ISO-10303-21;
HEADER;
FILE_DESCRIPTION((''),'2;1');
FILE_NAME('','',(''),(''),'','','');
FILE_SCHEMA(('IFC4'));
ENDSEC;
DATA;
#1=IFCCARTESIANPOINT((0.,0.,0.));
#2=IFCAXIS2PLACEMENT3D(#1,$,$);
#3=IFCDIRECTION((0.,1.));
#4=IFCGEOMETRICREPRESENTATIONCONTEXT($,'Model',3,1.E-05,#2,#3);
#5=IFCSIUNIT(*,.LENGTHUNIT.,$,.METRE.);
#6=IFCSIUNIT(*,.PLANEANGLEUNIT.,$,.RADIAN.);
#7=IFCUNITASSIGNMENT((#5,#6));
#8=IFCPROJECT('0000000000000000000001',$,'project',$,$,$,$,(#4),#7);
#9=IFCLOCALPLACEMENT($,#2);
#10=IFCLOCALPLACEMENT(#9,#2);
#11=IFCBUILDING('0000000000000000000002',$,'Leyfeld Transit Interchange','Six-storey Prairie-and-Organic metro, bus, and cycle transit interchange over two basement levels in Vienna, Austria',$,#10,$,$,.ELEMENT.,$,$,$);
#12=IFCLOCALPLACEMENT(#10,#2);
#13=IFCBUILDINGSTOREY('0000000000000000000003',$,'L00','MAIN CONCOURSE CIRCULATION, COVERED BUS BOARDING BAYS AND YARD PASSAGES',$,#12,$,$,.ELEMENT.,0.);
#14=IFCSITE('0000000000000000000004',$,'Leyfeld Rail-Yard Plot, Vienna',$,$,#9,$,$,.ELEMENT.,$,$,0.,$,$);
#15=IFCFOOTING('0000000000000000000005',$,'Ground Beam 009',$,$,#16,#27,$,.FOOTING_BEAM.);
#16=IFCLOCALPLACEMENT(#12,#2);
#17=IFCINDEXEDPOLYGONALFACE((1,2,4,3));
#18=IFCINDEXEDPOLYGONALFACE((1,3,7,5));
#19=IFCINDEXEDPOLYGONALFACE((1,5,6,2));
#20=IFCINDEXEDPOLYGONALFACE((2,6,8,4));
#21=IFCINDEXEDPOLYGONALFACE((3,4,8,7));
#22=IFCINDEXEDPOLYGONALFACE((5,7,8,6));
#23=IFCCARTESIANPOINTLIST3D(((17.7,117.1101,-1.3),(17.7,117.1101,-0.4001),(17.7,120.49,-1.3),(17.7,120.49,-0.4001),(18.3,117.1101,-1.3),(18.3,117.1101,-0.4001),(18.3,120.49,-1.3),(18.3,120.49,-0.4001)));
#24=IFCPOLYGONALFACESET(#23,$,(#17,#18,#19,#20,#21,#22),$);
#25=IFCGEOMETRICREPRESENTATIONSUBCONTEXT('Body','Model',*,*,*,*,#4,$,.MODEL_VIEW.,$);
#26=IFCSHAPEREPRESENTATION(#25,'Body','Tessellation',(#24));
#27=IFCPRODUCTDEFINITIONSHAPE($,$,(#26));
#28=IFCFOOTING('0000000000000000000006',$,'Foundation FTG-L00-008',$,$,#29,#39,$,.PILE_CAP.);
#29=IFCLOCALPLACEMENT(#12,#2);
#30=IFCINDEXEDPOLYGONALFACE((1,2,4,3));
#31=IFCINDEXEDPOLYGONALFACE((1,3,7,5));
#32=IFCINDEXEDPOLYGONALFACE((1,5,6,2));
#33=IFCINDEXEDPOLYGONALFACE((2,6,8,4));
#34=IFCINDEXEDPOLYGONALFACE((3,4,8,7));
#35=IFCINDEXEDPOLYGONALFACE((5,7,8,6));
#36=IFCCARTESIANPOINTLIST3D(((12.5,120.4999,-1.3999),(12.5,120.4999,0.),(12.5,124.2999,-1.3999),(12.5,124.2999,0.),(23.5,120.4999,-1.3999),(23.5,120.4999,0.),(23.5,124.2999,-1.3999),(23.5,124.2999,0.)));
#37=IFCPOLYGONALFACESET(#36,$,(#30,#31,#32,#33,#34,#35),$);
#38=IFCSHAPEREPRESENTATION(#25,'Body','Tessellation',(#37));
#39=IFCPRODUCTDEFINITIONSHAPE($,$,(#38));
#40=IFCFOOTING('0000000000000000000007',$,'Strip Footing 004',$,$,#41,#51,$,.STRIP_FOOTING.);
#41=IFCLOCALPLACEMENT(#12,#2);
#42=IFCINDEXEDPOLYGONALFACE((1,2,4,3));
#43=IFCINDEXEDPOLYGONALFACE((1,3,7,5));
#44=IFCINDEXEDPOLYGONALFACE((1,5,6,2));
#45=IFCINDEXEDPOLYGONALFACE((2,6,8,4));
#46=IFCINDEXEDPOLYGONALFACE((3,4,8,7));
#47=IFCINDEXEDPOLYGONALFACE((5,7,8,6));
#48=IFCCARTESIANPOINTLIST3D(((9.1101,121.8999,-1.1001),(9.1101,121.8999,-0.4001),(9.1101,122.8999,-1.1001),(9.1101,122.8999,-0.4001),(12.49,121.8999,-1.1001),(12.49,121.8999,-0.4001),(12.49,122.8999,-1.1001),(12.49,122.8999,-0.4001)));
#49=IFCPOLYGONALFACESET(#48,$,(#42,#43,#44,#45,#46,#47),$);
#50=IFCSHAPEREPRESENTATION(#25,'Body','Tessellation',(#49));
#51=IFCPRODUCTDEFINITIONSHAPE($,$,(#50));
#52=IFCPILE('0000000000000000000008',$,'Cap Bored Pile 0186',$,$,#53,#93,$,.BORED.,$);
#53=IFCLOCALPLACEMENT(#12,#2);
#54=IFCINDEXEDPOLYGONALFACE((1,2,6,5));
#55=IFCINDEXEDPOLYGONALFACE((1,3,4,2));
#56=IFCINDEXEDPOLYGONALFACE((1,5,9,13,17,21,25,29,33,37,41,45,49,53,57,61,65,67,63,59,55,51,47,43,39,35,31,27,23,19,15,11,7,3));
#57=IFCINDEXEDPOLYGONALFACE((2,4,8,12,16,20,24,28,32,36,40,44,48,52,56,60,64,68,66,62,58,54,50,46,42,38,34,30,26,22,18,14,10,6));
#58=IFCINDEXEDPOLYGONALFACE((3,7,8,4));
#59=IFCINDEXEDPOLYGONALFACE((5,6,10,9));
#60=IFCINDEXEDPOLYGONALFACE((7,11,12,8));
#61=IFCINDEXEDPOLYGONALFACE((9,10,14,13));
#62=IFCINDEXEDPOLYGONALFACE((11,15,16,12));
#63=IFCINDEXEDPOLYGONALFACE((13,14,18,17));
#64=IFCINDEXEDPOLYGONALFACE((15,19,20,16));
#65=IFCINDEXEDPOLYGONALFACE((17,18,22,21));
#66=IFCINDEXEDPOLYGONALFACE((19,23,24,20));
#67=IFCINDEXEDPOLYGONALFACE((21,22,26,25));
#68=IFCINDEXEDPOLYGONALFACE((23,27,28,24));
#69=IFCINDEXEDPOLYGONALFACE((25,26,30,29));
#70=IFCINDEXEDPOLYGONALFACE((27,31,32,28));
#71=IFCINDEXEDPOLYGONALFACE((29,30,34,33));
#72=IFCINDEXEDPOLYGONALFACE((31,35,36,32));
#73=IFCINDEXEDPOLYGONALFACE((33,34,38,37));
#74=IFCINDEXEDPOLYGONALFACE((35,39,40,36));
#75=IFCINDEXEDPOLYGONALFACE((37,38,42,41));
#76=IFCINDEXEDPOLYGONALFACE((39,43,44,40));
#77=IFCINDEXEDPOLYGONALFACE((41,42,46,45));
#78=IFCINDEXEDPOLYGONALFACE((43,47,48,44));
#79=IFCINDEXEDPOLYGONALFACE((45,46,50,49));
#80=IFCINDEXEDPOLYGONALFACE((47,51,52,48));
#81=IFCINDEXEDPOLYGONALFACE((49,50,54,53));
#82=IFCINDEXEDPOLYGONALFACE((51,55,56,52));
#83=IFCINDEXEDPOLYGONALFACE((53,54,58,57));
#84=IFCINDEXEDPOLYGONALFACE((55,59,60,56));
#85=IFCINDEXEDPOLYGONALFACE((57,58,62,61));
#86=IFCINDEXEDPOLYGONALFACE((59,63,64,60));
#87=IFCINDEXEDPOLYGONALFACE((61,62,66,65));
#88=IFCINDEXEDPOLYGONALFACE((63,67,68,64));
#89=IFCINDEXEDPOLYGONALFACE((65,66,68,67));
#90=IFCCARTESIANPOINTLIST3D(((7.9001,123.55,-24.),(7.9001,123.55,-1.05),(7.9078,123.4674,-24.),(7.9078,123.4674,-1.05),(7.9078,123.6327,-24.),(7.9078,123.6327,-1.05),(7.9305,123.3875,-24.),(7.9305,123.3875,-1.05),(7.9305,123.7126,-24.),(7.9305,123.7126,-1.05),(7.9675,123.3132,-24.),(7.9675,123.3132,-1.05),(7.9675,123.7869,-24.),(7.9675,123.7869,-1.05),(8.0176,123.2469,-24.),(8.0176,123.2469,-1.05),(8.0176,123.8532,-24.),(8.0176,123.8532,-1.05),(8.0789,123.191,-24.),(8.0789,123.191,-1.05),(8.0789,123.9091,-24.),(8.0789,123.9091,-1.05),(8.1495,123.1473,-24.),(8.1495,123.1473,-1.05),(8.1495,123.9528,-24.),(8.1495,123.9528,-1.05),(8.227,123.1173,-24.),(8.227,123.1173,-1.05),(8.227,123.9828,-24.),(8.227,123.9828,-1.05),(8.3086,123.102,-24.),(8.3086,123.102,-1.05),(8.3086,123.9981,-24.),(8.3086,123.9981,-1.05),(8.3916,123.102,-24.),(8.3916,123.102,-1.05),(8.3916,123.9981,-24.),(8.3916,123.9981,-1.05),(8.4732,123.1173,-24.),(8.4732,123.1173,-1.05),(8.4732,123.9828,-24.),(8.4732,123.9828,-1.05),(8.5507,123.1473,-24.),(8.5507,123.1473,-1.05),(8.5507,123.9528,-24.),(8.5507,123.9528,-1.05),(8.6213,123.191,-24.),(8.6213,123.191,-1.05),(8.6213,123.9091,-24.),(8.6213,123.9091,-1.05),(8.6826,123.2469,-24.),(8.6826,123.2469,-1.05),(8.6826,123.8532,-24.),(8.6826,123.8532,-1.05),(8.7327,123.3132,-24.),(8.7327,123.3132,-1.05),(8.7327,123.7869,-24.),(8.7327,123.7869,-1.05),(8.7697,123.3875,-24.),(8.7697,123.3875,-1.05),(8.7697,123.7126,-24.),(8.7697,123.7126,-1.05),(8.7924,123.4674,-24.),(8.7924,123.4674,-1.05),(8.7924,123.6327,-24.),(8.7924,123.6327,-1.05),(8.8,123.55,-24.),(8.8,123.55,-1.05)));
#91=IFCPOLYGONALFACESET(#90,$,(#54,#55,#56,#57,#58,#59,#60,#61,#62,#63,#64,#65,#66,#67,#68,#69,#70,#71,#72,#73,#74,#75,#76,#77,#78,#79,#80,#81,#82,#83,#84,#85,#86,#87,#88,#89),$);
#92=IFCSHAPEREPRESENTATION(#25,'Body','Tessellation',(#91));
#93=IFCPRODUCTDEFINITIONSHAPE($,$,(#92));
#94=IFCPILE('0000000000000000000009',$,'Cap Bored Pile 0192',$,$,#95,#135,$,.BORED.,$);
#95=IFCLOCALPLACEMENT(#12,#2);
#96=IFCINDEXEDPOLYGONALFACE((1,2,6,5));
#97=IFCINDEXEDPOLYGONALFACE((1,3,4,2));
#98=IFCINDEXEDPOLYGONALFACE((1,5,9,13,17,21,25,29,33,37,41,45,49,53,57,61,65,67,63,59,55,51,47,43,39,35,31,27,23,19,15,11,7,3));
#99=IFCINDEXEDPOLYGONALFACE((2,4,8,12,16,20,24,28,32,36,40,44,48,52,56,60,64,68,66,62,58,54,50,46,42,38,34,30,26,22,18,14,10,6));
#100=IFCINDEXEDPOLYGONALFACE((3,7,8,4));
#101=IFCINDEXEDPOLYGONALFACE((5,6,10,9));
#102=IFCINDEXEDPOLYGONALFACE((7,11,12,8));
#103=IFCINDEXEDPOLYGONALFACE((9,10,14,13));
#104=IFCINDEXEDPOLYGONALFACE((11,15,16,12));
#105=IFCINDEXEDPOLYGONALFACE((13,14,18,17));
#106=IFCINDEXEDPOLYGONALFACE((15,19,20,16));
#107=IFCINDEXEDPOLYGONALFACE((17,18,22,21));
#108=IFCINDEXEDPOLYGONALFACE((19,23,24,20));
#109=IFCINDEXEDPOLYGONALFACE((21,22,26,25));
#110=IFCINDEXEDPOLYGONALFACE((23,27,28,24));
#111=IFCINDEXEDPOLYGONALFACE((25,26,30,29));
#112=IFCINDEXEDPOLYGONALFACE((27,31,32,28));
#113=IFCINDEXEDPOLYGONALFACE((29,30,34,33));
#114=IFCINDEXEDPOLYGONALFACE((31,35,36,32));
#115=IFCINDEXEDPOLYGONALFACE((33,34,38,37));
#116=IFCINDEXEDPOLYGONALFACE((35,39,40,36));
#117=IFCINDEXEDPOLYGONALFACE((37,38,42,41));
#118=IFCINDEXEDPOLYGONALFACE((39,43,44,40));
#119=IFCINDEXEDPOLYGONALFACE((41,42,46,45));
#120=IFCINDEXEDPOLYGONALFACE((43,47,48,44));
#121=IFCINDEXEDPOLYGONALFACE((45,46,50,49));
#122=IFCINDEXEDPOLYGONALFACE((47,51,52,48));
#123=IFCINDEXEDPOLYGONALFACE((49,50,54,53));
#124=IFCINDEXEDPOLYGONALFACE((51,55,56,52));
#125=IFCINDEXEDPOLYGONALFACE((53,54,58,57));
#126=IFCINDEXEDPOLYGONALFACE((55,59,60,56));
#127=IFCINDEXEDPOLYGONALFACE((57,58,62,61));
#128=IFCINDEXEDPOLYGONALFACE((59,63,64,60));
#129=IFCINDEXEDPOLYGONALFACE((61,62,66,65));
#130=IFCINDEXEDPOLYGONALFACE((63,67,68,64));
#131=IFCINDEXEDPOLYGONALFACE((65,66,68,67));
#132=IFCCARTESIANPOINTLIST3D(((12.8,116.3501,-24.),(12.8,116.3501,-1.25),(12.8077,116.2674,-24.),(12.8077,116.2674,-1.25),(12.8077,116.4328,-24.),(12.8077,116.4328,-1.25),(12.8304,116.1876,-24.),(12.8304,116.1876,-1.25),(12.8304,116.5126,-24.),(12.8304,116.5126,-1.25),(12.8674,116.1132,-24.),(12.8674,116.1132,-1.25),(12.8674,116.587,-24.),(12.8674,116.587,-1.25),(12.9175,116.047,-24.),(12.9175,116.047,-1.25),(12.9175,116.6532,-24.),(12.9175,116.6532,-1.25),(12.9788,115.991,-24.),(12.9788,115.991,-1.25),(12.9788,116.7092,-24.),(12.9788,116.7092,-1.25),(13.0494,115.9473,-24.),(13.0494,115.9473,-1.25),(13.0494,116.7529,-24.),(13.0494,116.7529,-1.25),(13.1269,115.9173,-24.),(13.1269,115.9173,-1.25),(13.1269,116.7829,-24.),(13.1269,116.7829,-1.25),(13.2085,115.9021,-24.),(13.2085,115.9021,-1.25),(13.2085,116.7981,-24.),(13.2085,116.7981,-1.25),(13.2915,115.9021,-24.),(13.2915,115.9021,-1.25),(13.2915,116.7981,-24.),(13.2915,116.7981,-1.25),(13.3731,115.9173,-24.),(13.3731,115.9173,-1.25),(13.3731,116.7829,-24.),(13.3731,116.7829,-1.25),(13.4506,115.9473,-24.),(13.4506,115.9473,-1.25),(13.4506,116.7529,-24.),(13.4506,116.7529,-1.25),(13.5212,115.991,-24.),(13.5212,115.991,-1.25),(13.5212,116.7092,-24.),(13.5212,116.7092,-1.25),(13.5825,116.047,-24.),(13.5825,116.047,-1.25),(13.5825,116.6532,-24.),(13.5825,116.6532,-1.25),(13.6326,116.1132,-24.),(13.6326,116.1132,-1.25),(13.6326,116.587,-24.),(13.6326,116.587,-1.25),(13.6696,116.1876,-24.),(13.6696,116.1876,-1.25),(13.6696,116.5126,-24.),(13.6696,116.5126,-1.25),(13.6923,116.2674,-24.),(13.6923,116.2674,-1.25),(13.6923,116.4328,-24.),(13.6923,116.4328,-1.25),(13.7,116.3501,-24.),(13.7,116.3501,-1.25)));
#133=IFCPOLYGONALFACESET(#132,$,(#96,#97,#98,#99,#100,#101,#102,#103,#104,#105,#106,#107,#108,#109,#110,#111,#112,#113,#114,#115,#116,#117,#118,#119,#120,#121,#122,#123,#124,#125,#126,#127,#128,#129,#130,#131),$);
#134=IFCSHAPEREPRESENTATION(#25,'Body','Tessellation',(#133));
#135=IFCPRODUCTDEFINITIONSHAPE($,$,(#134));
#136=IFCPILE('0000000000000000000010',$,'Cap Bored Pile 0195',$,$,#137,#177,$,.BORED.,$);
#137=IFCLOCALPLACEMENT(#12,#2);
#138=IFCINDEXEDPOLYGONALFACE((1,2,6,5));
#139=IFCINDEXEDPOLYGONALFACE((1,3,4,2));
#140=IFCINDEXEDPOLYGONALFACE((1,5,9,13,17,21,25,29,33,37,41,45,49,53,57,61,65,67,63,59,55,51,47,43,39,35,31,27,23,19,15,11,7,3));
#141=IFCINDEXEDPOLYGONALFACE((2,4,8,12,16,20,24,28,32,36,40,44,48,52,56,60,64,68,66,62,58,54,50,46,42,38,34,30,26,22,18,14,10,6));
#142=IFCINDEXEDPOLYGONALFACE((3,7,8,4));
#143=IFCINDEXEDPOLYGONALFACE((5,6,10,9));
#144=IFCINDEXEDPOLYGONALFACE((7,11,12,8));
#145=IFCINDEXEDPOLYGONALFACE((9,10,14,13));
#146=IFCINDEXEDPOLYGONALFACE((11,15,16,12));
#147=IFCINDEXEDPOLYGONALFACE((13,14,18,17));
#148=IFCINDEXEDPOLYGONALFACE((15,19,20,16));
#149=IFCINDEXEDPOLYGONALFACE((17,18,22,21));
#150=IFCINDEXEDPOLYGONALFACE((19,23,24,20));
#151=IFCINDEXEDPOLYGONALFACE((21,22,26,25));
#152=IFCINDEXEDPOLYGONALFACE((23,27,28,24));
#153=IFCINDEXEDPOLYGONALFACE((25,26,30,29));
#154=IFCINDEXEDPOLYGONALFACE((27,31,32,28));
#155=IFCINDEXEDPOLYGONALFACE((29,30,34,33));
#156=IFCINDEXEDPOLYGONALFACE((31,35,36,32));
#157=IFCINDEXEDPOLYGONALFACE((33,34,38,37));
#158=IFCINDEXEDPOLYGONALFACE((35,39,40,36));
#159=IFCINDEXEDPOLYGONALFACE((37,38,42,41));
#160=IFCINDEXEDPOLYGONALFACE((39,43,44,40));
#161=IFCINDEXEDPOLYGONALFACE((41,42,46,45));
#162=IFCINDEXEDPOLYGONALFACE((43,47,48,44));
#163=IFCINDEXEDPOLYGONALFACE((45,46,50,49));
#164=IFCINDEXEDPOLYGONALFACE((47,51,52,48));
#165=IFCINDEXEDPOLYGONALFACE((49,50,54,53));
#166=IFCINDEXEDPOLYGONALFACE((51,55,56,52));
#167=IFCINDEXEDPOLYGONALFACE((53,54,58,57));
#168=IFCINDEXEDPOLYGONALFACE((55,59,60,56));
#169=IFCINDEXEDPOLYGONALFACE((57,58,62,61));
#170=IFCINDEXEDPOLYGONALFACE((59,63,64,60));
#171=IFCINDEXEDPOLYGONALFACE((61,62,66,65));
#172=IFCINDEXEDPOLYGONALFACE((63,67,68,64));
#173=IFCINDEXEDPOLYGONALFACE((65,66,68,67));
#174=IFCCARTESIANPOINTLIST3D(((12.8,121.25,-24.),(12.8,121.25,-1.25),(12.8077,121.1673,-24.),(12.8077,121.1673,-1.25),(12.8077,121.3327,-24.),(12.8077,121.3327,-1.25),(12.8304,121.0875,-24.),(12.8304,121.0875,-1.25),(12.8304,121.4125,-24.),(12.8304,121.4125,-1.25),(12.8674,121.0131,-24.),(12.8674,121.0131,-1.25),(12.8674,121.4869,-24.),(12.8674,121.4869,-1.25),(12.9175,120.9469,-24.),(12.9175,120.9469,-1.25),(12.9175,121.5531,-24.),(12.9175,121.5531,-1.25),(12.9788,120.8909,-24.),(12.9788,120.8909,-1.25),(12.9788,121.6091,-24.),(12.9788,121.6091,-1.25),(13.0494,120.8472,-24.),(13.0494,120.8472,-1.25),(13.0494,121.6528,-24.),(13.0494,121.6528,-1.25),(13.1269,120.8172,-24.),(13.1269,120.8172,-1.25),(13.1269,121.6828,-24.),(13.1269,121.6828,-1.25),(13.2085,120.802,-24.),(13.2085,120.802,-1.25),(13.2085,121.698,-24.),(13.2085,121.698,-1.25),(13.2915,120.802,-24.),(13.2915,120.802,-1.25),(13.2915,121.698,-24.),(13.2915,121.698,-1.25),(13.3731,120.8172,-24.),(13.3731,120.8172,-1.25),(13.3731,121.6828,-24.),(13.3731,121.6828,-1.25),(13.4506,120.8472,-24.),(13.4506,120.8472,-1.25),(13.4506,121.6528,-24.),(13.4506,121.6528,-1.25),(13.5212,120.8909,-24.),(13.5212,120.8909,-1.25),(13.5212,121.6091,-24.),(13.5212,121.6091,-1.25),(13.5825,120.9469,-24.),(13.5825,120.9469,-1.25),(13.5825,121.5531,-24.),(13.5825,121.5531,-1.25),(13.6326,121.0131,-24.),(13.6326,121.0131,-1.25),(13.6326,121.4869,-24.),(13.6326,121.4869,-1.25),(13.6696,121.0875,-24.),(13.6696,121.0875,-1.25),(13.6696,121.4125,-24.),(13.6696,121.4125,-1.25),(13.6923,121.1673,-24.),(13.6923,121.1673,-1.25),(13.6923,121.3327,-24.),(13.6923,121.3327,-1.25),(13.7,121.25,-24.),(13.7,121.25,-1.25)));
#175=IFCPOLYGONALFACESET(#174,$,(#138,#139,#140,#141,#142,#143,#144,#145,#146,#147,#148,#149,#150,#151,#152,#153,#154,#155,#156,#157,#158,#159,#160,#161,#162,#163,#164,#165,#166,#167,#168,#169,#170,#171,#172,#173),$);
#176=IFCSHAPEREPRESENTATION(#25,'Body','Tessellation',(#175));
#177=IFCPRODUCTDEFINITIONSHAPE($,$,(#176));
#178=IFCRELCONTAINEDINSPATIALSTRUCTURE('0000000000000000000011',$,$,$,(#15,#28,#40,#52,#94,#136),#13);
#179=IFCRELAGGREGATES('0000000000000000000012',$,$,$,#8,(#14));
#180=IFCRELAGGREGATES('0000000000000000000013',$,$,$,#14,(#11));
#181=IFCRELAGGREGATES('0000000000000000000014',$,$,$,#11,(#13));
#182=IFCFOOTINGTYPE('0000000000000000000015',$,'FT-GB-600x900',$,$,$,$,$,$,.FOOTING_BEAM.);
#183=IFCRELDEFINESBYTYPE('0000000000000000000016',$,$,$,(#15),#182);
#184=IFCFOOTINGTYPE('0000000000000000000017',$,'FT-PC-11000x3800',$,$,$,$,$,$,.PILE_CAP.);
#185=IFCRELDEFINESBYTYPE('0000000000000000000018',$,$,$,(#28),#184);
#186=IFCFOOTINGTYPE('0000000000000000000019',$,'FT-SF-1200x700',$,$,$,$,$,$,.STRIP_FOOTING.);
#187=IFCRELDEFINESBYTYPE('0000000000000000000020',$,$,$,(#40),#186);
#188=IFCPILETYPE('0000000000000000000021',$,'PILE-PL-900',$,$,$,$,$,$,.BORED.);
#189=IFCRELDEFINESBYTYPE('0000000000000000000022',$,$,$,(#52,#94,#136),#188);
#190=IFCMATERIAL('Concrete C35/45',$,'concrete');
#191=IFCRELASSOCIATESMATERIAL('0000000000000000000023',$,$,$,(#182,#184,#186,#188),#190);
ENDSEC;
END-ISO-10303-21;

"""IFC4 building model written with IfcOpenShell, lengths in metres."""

from ifc_helpers import new_model, si_unit, direction, frame, origin, origin_2d, place, context, subcontext, project, spatial, rectangle, circle, extrude, material, material_profile, profile_set, type_object, element, save


model = new_model("IFC4")

# Units and contexts
model_context = context("Model", 3, precision=1e-05, world=origin(), true_north=direction((0.0, 1.0)))
body_context = subcontext(model_context, "Body", "Model", "MODEL_VIEW")
ifc_project = project(units=[si_unit("LENGTHUNIT", "METRE"), si_unit("PLANEANGLEUNIT", "RADIAN")], contexts=[model_context])

# Site, building, storey
site_placement = place(None, origin())
site = spatial("IfcSite", under=ifc_project, at=site_placement, Name="Leyfeld Rail-Yard Plot, Vienna", CompositionType="ELEMENT", RefElevation=0.0)
building_placement = place(site_placement, origin())
building = spatial("IfcBuilding", under=site, at=building_placement, Name="Leyfeld Transit Interchange", Description="Six-storey Prairie-and-Organic metro, bus, and cycle transit interchange over two basement levels in Vienna, Austria", CompositionType="ELEMENT")
storey_placement = place(building_placement, origin())
storey = spatial("IfcBuildingStorey", under=building, at=storey_placement, Name="L00", Description="MAIN CONCOURSE CIRCULATION, COVERED BUS BOARDING BAYS AND YARD PASSAGES", CompositionType="ELEMENT", Elevation=0.0)

# Footings
ifc_material_1 = material(Name="Concrete C35/45", Category="concrete")
footing_type_1 = type_object("IfcFootingType", Name="FT-GB-600x900", PredefinedType="FOOTING_BEAM", material=ifc_material_1)
footing_1_placement = place(storey_placement, frame((18.0, 118.8, -1.3), z_axis=(0.0, 0.0, 1.0), x_axis=(1.0, 0.0, 0.0)))
element("IfcFooting", 1, at=footing_1_placement, inside=storey, type_object=footing_type_1, Name="Ground Beam 009", PredefinedType="FOOTING_BEAM", context=body_context, shape_type="SweptSolid", body=[
    extrude(rectangle(XDim=0.6001, YDim=3.3799, at=origin_2d()), origin(), (0.0, 0.0, 1.0), 0.8999),
])
footing_type_2 = type_object("IfcFootingType", Name="FT-PC-11000x3800", PredefinedType="PILE_CAP", material=ifc_material_1)
footing_2_placement = place(storey_placement, frame((18.0, 122.3999, -1.3999), z_axis=(0.0, 0.0, 1.0), x_axis=(1.0, 0.0, 0.0)))
element("IfcFooting", 2, at=footing_2_placement, inside=storey, type_object=footing_type_2, Name="Foundation FTG-L00-008", PredefinedType="PILE_CAP", context=body_context, shape_type="SweptSolid", body=[
    extrude(rectangle(XDim=11.0, YDim=3.8, at=origin_2d()), origin(), (0.0, 0.0, 1.0), 1.3999),
])
footing_type_3 = type_object("IfcFootingType", Name="FT-SF-1200x700", PredefinedType="STRIP_FOOTING", material=ifc_material_1)
footing_3_placement = place(storey_placement, frame((10.8, 122.3999, -1.1001), z_axis=(0.0, 0.0, 1.0), x_axis=(1.0, 0.0, 0.0)))
element("IfcFooting", 3, at=footing_3_placement, inside=storey, type_object=footing_type_3, Name="Strip Footing 004", PredefinedType="STRIP_FOOTING", context=body_context, shape_type="SweptSolid", body=[
    extrude(rectangle(XDim=3.3799, YDim=1.0, at=origin_2d()), origin(), (0.0, 0.0, 1.0), 0.7),
])

# Piles
ifc_material_profile_1 = material_profile(ifc_material_1, circle(Radius=0.45, at=origin_2d()), Name="PILE D900")
ifc_profile_set_1 = profile_set([ifc_material_profile_1], Name="Concrete C35/45")
pile_type = type_object("IfcPileType", Name="PILE-PL-900", PredefinedType="BORED", material=ifc_profile_set_1)
pile_placement = place(storey_placement, frame((8.3501, 123.55, -1.05), z_axis=(0.0, 0.0, -1.0), x_axis=(1.0, 0.0, 0.0)))
element("IfcPile", 4, at=pile_placement, inside=storey, type_object=pile_type, Name="Cap Bored Pile 0186", PredefinedType="BORED", context=body_context, shape_type="SweptSolid", body=[
    extrude(circle(Radius=0.45, at=origin_2d()), origin(), (0.0, 0.0, 1.0), 22.95),
])
for number, where, z_axis, x_axis, name in (
    (5, (13.25, 116.3501, -1.25), (0.0, 0.0, -1.0), (1.0, 0.0, 0.0), "Cap Bored Pile 0192"),
    (6, (13.25, 121.25, -1.25), (0.0, 0.0, -1.0), (1.0, 0.0, 0.0), "Cap Bored Pile 0195"),
):
    element("IfcPile", number, at=place(storey_placement, frame(where, z_axis=z_axis, x_axis=x_axis)), inside=storey, type_object=pile_type, Name=name, PredefinedType="BORED", context=body_context, shape_type="SweptSolid", body=[
        extrude(circle(Radius=0.45, at=origin_2d()), origin(), (0.0, 0.0, 1.0), 22.75),
    ])

save(model, "model.ifc")
